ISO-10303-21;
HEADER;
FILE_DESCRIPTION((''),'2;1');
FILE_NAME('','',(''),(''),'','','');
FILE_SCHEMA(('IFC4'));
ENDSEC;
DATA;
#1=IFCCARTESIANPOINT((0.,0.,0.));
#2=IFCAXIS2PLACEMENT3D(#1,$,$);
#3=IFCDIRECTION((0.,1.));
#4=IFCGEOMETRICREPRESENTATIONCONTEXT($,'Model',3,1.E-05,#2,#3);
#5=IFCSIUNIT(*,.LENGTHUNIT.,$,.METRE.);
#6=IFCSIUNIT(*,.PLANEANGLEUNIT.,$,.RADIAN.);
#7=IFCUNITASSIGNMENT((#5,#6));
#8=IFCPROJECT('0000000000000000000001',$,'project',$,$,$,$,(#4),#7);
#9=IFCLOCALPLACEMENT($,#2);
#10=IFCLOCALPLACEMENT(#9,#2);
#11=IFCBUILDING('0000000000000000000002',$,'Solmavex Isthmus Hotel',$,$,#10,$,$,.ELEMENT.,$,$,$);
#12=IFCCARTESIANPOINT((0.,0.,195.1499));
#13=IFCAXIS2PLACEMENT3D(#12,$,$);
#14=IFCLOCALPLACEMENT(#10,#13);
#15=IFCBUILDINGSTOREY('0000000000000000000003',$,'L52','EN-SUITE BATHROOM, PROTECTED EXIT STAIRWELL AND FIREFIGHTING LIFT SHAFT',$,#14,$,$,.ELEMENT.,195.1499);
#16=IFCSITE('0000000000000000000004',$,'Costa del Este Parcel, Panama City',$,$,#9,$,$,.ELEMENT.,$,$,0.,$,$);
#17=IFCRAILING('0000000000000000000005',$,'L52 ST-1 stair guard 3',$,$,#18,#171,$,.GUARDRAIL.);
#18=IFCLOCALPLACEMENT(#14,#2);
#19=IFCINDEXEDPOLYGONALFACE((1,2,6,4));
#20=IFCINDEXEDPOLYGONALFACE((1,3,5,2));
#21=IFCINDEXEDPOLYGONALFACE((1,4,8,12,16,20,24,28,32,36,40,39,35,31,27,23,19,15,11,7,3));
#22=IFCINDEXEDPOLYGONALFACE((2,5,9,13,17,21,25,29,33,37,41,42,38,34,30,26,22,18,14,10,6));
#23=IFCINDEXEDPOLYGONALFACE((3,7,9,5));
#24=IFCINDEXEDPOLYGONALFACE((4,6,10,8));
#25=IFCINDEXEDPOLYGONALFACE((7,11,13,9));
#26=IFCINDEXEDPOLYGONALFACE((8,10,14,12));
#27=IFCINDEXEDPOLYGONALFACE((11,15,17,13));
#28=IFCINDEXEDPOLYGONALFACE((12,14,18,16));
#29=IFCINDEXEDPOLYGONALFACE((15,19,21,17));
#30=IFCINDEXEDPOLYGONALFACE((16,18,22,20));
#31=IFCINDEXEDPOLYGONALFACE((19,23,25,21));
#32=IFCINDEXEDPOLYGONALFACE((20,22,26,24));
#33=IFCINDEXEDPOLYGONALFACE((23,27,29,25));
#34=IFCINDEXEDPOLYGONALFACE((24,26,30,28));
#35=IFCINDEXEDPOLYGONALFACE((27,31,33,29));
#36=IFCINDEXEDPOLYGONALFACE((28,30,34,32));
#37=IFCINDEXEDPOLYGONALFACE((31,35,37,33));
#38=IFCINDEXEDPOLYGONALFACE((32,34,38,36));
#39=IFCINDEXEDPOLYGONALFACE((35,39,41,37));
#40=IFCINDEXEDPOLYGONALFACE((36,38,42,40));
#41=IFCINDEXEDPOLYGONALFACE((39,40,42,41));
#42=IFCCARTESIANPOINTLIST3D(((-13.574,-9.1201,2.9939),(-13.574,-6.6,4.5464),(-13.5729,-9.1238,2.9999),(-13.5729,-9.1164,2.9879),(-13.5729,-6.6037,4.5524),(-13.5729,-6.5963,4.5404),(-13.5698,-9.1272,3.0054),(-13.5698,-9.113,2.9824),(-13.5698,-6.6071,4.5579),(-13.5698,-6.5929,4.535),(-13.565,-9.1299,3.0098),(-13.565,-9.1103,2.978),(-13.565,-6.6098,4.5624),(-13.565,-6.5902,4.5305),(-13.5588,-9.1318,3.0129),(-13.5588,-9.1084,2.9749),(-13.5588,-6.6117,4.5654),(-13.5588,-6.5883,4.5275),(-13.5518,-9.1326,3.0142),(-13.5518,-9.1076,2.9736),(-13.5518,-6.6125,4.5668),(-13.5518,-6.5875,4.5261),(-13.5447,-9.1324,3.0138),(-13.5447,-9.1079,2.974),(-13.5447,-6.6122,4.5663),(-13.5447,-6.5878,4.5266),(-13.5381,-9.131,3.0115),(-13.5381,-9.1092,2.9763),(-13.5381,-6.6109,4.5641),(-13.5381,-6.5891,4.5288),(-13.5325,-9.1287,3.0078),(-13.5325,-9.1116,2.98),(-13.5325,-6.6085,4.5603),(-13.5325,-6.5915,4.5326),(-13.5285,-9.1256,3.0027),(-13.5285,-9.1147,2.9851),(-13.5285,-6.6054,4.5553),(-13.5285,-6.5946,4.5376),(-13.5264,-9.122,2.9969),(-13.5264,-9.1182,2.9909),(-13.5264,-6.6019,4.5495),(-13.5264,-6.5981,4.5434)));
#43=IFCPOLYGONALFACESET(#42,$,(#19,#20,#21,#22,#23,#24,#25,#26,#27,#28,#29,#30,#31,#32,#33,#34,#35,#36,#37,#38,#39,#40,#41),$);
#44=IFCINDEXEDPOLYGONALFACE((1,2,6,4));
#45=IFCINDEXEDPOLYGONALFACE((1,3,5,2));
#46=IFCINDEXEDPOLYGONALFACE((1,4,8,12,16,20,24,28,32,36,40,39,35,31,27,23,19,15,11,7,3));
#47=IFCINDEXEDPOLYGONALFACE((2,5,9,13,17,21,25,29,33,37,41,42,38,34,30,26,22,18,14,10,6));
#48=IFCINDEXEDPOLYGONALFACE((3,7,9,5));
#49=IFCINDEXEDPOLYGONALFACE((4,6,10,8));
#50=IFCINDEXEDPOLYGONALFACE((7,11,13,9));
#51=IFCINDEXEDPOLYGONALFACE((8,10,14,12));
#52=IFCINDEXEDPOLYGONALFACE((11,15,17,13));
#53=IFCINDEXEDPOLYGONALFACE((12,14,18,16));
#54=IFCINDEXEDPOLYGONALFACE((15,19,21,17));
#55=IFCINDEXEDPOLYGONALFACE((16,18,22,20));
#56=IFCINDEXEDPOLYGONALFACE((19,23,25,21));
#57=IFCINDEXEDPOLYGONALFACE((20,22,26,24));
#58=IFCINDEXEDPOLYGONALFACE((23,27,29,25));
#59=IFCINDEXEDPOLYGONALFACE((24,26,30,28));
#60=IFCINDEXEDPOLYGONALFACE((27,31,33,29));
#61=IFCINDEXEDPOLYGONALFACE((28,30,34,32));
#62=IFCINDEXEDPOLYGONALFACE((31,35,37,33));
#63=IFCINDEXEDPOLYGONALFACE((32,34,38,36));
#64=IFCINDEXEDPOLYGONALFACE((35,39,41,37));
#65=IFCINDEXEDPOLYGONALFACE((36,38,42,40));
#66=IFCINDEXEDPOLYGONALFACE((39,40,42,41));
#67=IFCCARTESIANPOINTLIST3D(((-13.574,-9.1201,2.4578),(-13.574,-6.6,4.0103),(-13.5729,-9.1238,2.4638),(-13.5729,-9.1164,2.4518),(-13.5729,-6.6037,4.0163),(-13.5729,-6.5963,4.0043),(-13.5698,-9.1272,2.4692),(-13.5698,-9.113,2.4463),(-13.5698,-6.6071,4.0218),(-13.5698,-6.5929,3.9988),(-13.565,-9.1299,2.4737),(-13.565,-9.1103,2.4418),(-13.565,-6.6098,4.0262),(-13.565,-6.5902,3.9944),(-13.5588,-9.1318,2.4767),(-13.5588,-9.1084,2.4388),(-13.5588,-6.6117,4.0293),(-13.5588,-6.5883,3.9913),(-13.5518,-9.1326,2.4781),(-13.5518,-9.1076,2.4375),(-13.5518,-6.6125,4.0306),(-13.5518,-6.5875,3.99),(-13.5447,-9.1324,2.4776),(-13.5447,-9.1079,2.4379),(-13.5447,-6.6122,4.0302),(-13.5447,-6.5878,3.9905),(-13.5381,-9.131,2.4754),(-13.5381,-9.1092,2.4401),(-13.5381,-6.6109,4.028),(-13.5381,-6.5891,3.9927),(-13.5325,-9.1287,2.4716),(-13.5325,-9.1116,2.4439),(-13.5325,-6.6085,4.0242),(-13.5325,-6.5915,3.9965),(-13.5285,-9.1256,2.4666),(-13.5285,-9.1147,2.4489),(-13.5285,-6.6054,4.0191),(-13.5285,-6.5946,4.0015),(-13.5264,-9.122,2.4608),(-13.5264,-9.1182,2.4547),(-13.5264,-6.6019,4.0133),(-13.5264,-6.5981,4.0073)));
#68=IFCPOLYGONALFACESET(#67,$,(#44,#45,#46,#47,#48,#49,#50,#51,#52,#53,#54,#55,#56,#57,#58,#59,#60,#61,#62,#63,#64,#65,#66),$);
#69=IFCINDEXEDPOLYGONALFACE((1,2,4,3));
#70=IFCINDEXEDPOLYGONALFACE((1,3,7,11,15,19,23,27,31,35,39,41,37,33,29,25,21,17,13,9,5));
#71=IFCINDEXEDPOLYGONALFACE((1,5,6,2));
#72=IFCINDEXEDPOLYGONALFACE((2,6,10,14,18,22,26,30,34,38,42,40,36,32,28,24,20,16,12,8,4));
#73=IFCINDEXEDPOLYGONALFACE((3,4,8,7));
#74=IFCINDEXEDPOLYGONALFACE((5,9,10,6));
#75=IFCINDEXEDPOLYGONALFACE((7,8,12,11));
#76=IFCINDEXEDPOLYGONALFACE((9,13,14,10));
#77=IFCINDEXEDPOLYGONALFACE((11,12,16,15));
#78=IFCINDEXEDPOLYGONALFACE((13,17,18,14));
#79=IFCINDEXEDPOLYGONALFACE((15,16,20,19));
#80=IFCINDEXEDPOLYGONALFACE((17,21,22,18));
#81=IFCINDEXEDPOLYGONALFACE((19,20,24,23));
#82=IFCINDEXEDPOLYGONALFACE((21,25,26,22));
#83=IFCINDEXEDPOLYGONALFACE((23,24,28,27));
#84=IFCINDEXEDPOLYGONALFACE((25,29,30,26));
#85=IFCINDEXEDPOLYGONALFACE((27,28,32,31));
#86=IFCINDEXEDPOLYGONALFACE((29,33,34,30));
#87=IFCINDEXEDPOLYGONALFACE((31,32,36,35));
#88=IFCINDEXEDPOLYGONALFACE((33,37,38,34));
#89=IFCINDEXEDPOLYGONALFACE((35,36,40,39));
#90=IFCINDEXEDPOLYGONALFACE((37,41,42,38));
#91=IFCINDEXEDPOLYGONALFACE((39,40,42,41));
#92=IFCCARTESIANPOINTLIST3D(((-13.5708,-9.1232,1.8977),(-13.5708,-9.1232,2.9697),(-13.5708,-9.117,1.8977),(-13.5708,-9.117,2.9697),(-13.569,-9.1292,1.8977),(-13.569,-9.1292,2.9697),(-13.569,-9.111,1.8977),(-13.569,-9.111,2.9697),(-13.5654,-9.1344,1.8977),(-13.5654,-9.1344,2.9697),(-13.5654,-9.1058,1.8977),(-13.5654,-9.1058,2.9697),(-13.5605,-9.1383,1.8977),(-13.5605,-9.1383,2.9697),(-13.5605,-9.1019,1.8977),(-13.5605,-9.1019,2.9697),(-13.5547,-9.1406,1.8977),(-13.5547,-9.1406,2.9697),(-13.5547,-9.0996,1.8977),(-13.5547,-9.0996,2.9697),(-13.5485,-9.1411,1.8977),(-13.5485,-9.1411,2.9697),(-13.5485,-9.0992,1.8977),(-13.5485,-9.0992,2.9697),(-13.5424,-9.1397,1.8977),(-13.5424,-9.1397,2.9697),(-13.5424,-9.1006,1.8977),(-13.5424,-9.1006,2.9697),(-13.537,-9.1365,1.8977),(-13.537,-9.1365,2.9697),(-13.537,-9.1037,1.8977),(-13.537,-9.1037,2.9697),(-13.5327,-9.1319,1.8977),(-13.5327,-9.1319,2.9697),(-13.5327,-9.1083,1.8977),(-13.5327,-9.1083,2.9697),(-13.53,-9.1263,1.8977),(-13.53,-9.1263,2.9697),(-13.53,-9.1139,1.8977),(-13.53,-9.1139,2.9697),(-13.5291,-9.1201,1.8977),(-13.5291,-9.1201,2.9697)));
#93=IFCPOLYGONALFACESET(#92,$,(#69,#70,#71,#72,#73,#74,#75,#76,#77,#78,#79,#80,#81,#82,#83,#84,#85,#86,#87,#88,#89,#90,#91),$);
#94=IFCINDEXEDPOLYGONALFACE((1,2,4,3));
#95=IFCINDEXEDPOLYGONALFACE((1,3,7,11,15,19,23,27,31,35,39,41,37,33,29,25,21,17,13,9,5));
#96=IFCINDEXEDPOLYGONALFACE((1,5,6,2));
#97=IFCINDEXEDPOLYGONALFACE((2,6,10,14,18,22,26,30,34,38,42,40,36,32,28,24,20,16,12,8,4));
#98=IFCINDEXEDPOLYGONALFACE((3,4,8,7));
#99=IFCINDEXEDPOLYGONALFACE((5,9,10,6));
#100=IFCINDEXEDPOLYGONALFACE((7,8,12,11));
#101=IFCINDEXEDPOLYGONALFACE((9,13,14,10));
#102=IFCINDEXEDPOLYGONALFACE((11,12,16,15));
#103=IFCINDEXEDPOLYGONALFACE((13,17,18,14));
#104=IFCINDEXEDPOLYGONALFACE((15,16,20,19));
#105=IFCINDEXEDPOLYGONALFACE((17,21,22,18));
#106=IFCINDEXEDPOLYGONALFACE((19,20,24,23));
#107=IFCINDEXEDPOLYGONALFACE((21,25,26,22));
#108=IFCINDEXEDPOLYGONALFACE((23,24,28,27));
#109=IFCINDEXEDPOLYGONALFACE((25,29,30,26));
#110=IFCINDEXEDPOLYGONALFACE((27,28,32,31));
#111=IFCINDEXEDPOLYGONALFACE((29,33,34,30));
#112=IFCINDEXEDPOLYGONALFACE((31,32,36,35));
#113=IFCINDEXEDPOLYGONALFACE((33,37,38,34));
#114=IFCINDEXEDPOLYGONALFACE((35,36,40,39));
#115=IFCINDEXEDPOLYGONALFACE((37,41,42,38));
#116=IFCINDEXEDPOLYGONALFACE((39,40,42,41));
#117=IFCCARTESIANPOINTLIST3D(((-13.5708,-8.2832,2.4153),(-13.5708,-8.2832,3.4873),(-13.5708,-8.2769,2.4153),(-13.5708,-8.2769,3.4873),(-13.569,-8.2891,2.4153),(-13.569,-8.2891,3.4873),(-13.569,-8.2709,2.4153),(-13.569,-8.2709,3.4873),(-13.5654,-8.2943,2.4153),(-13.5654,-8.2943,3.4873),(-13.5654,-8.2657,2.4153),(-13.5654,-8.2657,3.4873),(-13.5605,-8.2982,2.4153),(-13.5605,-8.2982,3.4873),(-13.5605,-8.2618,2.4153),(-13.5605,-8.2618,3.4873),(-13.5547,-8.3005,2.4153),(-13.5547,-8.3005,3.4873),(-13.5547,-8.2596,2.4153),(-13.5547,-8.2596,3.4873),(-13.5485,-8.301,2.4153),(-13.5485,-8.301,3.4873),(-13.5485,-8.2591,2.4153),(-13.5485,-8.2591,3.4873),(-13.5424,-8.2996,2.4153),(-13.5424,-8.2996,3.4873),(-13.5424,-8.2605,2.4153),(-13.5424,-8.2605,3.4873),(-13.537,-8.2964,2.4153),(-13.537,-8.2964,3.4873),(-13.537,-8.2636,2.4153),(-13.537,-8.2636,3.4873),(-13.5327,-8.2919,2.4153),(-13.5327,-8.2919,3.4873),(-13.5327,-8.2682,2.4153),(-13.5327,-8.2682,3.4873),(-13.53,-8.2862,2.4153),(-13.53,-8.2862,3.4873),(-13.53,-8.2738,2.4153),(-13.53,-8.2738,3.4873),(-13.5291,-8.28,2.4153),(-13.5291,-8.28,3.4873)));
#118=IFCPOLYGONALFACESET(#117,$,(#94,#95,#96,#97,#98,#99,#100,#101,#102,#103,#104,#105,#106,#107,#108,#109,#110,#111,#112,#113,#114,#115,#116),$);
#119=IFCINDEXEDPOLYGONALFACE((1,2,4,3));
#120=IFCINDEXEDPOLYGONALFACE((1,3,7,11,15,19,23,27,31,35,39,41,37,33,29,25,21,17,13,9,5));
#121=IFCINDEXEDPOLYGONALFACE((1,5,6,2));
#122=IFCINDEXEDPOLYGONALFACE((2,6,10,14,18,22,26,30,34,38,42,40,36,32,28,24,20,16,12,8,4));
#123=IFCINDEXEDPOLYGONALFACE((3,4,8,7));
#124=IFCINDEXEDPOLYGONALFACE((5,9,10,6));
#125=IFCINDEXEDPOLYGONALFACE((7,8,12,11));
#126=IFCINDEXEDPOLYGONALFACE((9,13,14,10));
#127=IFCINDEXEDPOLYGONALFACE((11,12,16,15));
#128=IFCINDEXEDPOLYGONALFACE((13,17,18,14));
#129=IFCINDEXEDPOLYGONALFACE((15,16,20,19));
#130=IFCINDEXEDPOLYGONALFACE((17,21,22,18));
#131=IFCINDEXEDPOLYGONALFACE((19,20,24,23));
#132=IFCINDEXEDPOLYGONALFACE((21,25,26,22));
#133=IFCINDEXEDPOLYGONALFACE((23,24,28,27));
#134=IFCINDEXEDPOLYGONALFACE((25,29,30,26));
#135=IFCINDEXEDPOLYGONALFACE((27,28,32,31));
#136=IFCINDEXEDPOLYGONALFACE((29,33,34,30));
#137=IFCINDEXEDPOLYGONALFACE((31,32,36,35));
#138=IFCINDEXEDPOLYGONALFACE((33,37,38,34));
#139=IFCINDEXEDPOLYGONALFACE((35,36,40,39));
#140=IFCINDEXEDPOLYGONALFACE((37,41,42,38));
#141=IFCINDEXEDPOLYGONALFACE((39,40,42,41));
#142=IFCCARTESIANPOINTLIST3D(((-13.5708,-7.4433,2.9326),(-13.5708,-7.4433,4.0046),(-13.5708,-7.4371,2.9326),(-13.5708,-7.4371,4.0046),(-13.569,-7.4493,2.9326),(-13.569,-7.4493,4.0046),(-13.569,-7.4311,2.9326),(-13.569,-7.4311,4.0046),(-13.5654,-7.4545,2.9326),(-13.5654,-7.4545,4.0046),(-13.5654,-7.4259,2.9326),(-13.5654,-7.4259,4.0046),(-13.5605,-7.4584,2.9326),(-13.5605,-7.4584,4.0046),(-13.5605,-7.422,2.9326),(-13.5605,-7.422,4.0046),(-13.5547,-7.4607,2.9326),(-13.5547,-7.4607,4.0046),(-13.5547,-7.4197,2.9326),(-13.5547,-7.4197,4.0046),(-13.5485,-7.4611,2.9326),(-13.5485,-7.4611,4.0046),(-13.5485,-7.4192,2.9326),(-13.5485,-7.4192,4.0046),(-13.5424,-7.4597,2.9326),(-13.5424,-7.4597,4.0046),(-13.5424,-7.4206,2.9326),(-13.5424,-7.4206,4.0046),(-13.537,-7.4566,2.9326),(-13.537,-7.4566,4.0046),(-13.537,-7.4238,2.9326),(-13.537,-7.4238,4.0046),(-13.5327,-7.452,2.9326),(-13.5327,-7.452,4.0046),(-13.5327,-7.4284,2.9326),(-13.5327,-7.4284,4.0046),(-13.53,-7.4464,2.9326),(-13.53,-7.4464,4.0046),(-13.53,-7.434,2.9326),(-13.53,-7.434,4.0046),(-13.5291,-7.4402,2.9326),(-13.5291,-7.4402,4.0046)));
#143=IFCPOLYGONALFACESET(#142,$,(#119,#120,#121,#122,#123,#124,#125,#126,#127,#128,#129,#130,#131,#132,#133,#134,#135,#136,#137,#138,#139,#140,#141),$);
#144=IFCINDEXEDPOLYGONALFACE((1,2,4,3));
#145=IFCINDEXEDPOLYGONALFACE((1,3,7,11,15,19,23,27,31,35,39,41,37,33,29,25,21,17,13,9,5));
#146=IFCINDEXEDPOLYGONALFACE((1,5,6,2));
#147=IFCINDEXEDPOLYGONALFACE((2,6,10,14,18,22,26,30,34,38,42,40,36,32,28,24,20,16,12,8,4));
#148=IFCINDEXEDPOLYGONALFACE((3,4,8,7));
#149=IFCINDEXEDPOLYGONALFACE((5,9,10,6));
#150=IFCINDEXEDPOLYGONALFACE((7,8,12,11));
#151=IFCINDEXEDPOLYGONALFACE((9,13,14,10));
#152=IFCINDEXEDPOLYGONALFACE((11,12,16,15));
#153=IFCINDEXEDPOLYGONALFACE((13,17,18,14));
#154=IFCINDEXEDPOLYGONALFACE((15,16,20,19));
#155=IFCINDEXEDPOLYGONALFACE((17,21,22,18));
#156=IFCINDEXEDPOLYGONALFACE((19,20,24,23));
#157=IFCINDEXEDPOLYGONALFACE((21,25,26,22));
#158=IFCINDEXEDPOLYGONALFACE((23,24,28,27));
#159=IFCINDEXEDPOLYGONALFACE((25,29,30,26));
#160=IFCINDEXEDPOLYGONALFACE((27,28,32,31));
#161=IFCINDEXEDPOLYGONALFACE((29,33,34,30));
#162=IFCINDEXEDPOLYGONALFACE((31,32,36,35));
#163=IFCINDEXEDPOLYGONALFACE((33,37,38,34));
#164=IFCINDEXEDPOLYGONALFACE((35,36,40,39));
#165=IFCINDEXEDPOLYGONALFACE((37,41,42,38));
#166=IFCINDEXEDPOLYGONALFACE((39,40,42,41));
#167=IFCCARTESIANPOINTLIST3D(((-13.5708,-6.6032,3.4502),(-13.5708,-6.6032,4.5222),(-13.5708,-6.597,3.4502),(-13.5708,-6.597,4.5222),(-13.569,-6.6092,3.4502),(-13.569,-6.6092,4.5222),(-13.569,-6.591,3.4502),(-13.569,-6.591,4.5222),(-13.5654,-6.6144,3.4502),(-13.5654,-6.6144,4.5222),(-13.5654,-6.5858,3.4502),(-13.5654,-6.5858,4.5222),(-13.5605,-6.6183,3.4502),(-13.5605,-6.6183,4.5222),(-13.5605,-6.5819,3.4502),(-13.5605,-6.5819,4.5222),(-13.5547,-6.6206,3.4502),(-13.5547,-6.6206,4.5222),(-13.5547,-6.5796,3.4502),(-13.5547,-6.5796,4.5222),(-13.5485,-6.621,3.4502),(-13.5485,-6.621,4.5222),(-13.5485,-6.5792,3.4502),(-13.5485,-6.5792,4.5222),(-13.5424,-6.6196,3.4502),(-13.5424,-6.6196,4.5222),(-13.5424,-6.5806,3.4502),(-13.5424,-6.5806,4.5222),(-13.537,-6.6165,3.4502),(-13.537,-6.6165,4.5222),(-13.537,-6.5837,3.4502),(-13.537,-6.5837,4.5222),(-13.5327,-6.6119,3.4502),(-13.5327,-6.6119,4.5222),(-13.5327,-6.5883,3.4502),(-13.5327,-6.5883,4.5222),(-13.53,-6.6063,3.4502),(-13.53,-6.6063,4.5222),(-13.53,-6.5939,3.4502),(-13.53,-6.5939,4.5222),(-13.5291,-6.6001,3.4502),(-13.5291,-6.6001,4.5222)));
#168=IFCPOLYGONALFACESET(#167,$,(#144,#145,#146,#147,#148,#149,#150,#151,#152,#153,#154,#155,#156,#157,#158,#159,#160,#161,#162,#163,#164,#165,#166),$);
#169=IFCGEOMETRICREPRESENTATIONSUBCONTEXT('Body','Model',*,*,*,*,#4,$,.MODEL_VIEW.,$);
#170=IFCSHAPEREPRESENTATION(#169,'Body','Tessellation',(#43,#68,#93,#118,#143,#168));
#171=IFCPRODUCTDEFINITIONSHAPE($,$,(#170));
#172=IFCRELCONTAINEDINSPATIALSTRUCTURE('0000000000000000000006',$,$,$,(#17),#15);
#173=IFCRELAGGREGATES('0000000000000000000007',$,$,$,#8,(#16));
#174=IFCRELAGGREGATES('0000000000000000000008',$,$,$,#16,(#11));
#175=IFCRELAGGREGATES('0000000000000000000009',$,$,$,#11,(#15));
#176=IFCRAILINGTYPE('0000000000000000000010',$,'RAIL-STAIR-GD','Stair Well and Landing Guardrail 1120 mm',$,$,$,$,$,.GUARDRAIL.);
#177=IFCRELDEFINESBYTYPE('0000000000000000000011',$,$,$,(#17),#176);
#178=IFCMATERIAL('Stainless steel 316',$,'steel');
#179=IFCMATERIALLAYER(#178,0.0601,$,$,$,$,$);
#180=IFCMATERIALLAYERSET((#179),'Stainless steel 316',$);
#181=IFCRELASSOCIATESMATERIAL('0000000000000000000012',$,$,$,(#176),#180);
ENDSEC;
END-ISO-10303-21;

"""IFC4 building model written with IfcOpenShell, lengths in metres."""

from ifc_helpers import new_model, si_unit, direction, frame, origin, origin_2d, place, context, subcontext, project, spatial, circle, extrude, material, layer, layer_set, type_object, element, save


model = new_model("IFC4")

# Units and contexts
model_context = context("Model", 3, precision=1e-05, world=origin(), true_north=direction((0.0, 1.0)))
body_context = subcontext(model_context, "Body", "Model", "MODEL_VIEW")
ifc_project = project(units=[si_unit("LENGTHUNIT", "METRE"), si_unit("PLANEANGLEUNIT", "RADIAN")], contexts=[model_context])

# Site, building, storey
site_placement = place(None, origin())
site = spatial("IfcSite", under=ifc_project, at=site_placement, Name="Costa del Este Parcel, Panama City", CompositionType="ELEMENT", RefElevation=0.0)
building_placement = place(site_placement, origin())
building = spatial("IfcBuilding", under=site, at=building_placement, Name="Solmavex Isthmus Hotel", CompositionType="ELEMENT")
storey_placement = place(building_placement, frame((0.0, 0.0, 195.1499)))
storey = spatial("IfcBuildingStorey", under=building, at=storey_placement, Name="L52", Description="EN-SUITE BATHROOM, PROTECTED EXIT STAIRWELL AND FIREFIGHTING LIFT SHAFT", CompositionType="ELEMENT", Elevation=195.1499)

# Railing
ifc_material_1 = material(Name="Stainless steel 316", Category="steel")
ifc_layer_1 = layer(ifc_material_1, 0.0601)
ifc_layer_set_1 = layer_set([ifc_layer_1], Name="Stainless steel 316")
railing_type = type_object("IfcRailingType", Name="RAIL-STAIR-GD", Description="Stair Well and Landing Guardrail 1120 mm", PredefinedType="GUARDRAIL", material=ifc_layer_set_1)
railing_1_placement = place(storey_placement, frame((-13.55, -9.1201, 1.8977)))
element("IfcRailing", 1, at=railing_1_placement, inside=storey, type_object=railing_type, Name="L52 ST-1 stair guard 3", PredefinedType="GUARDRAIL", context=body_context, shape_type="SweptSolid", body=[
    extrude(circle(Radius=0.0239, at=origin_2d()), frame((0.0, 0.0, 1.0962), z_axis=(0.0, 0.8514, 0.524516), x_axis=(-1.0, 0.0, 0.0)), (0.0, 0.0, 1.0), 2.96),
    extrude(circle(Radius=0.0239, at=origin_2d()), frame((0.0, 0.0, 0.5601), z_axis=(0.0, 0.8514, 0.524516), x_axis=(-1.0, 0.0, 0.0)), (0.0, 0.0, 1.0), 2.96),
    extrude(circle(Radius=0.021, at=origin_2d()), origin(), (0.0, 0.0, 1.0), 1.072),
    extrude(circle(Radius=0.021, at=origin_2d()), frame((0.0, 0.8401, 0.5176)), (0.0, 0.0, 1.0), 1.072),
    extrude(circle(Radius=0.021, at=origin_2d()), frame((0.0, 1.6799, 1.0349)), (0.0, 0.0, 1.0), 1.072),
    extrude(circle(Radius=0.021, at=origin_2d()), frame((0.0, 2.52, 1.5525)), (0.0, 0.0, 1.0), 1.072),
])

save(model, "model.ifc")
